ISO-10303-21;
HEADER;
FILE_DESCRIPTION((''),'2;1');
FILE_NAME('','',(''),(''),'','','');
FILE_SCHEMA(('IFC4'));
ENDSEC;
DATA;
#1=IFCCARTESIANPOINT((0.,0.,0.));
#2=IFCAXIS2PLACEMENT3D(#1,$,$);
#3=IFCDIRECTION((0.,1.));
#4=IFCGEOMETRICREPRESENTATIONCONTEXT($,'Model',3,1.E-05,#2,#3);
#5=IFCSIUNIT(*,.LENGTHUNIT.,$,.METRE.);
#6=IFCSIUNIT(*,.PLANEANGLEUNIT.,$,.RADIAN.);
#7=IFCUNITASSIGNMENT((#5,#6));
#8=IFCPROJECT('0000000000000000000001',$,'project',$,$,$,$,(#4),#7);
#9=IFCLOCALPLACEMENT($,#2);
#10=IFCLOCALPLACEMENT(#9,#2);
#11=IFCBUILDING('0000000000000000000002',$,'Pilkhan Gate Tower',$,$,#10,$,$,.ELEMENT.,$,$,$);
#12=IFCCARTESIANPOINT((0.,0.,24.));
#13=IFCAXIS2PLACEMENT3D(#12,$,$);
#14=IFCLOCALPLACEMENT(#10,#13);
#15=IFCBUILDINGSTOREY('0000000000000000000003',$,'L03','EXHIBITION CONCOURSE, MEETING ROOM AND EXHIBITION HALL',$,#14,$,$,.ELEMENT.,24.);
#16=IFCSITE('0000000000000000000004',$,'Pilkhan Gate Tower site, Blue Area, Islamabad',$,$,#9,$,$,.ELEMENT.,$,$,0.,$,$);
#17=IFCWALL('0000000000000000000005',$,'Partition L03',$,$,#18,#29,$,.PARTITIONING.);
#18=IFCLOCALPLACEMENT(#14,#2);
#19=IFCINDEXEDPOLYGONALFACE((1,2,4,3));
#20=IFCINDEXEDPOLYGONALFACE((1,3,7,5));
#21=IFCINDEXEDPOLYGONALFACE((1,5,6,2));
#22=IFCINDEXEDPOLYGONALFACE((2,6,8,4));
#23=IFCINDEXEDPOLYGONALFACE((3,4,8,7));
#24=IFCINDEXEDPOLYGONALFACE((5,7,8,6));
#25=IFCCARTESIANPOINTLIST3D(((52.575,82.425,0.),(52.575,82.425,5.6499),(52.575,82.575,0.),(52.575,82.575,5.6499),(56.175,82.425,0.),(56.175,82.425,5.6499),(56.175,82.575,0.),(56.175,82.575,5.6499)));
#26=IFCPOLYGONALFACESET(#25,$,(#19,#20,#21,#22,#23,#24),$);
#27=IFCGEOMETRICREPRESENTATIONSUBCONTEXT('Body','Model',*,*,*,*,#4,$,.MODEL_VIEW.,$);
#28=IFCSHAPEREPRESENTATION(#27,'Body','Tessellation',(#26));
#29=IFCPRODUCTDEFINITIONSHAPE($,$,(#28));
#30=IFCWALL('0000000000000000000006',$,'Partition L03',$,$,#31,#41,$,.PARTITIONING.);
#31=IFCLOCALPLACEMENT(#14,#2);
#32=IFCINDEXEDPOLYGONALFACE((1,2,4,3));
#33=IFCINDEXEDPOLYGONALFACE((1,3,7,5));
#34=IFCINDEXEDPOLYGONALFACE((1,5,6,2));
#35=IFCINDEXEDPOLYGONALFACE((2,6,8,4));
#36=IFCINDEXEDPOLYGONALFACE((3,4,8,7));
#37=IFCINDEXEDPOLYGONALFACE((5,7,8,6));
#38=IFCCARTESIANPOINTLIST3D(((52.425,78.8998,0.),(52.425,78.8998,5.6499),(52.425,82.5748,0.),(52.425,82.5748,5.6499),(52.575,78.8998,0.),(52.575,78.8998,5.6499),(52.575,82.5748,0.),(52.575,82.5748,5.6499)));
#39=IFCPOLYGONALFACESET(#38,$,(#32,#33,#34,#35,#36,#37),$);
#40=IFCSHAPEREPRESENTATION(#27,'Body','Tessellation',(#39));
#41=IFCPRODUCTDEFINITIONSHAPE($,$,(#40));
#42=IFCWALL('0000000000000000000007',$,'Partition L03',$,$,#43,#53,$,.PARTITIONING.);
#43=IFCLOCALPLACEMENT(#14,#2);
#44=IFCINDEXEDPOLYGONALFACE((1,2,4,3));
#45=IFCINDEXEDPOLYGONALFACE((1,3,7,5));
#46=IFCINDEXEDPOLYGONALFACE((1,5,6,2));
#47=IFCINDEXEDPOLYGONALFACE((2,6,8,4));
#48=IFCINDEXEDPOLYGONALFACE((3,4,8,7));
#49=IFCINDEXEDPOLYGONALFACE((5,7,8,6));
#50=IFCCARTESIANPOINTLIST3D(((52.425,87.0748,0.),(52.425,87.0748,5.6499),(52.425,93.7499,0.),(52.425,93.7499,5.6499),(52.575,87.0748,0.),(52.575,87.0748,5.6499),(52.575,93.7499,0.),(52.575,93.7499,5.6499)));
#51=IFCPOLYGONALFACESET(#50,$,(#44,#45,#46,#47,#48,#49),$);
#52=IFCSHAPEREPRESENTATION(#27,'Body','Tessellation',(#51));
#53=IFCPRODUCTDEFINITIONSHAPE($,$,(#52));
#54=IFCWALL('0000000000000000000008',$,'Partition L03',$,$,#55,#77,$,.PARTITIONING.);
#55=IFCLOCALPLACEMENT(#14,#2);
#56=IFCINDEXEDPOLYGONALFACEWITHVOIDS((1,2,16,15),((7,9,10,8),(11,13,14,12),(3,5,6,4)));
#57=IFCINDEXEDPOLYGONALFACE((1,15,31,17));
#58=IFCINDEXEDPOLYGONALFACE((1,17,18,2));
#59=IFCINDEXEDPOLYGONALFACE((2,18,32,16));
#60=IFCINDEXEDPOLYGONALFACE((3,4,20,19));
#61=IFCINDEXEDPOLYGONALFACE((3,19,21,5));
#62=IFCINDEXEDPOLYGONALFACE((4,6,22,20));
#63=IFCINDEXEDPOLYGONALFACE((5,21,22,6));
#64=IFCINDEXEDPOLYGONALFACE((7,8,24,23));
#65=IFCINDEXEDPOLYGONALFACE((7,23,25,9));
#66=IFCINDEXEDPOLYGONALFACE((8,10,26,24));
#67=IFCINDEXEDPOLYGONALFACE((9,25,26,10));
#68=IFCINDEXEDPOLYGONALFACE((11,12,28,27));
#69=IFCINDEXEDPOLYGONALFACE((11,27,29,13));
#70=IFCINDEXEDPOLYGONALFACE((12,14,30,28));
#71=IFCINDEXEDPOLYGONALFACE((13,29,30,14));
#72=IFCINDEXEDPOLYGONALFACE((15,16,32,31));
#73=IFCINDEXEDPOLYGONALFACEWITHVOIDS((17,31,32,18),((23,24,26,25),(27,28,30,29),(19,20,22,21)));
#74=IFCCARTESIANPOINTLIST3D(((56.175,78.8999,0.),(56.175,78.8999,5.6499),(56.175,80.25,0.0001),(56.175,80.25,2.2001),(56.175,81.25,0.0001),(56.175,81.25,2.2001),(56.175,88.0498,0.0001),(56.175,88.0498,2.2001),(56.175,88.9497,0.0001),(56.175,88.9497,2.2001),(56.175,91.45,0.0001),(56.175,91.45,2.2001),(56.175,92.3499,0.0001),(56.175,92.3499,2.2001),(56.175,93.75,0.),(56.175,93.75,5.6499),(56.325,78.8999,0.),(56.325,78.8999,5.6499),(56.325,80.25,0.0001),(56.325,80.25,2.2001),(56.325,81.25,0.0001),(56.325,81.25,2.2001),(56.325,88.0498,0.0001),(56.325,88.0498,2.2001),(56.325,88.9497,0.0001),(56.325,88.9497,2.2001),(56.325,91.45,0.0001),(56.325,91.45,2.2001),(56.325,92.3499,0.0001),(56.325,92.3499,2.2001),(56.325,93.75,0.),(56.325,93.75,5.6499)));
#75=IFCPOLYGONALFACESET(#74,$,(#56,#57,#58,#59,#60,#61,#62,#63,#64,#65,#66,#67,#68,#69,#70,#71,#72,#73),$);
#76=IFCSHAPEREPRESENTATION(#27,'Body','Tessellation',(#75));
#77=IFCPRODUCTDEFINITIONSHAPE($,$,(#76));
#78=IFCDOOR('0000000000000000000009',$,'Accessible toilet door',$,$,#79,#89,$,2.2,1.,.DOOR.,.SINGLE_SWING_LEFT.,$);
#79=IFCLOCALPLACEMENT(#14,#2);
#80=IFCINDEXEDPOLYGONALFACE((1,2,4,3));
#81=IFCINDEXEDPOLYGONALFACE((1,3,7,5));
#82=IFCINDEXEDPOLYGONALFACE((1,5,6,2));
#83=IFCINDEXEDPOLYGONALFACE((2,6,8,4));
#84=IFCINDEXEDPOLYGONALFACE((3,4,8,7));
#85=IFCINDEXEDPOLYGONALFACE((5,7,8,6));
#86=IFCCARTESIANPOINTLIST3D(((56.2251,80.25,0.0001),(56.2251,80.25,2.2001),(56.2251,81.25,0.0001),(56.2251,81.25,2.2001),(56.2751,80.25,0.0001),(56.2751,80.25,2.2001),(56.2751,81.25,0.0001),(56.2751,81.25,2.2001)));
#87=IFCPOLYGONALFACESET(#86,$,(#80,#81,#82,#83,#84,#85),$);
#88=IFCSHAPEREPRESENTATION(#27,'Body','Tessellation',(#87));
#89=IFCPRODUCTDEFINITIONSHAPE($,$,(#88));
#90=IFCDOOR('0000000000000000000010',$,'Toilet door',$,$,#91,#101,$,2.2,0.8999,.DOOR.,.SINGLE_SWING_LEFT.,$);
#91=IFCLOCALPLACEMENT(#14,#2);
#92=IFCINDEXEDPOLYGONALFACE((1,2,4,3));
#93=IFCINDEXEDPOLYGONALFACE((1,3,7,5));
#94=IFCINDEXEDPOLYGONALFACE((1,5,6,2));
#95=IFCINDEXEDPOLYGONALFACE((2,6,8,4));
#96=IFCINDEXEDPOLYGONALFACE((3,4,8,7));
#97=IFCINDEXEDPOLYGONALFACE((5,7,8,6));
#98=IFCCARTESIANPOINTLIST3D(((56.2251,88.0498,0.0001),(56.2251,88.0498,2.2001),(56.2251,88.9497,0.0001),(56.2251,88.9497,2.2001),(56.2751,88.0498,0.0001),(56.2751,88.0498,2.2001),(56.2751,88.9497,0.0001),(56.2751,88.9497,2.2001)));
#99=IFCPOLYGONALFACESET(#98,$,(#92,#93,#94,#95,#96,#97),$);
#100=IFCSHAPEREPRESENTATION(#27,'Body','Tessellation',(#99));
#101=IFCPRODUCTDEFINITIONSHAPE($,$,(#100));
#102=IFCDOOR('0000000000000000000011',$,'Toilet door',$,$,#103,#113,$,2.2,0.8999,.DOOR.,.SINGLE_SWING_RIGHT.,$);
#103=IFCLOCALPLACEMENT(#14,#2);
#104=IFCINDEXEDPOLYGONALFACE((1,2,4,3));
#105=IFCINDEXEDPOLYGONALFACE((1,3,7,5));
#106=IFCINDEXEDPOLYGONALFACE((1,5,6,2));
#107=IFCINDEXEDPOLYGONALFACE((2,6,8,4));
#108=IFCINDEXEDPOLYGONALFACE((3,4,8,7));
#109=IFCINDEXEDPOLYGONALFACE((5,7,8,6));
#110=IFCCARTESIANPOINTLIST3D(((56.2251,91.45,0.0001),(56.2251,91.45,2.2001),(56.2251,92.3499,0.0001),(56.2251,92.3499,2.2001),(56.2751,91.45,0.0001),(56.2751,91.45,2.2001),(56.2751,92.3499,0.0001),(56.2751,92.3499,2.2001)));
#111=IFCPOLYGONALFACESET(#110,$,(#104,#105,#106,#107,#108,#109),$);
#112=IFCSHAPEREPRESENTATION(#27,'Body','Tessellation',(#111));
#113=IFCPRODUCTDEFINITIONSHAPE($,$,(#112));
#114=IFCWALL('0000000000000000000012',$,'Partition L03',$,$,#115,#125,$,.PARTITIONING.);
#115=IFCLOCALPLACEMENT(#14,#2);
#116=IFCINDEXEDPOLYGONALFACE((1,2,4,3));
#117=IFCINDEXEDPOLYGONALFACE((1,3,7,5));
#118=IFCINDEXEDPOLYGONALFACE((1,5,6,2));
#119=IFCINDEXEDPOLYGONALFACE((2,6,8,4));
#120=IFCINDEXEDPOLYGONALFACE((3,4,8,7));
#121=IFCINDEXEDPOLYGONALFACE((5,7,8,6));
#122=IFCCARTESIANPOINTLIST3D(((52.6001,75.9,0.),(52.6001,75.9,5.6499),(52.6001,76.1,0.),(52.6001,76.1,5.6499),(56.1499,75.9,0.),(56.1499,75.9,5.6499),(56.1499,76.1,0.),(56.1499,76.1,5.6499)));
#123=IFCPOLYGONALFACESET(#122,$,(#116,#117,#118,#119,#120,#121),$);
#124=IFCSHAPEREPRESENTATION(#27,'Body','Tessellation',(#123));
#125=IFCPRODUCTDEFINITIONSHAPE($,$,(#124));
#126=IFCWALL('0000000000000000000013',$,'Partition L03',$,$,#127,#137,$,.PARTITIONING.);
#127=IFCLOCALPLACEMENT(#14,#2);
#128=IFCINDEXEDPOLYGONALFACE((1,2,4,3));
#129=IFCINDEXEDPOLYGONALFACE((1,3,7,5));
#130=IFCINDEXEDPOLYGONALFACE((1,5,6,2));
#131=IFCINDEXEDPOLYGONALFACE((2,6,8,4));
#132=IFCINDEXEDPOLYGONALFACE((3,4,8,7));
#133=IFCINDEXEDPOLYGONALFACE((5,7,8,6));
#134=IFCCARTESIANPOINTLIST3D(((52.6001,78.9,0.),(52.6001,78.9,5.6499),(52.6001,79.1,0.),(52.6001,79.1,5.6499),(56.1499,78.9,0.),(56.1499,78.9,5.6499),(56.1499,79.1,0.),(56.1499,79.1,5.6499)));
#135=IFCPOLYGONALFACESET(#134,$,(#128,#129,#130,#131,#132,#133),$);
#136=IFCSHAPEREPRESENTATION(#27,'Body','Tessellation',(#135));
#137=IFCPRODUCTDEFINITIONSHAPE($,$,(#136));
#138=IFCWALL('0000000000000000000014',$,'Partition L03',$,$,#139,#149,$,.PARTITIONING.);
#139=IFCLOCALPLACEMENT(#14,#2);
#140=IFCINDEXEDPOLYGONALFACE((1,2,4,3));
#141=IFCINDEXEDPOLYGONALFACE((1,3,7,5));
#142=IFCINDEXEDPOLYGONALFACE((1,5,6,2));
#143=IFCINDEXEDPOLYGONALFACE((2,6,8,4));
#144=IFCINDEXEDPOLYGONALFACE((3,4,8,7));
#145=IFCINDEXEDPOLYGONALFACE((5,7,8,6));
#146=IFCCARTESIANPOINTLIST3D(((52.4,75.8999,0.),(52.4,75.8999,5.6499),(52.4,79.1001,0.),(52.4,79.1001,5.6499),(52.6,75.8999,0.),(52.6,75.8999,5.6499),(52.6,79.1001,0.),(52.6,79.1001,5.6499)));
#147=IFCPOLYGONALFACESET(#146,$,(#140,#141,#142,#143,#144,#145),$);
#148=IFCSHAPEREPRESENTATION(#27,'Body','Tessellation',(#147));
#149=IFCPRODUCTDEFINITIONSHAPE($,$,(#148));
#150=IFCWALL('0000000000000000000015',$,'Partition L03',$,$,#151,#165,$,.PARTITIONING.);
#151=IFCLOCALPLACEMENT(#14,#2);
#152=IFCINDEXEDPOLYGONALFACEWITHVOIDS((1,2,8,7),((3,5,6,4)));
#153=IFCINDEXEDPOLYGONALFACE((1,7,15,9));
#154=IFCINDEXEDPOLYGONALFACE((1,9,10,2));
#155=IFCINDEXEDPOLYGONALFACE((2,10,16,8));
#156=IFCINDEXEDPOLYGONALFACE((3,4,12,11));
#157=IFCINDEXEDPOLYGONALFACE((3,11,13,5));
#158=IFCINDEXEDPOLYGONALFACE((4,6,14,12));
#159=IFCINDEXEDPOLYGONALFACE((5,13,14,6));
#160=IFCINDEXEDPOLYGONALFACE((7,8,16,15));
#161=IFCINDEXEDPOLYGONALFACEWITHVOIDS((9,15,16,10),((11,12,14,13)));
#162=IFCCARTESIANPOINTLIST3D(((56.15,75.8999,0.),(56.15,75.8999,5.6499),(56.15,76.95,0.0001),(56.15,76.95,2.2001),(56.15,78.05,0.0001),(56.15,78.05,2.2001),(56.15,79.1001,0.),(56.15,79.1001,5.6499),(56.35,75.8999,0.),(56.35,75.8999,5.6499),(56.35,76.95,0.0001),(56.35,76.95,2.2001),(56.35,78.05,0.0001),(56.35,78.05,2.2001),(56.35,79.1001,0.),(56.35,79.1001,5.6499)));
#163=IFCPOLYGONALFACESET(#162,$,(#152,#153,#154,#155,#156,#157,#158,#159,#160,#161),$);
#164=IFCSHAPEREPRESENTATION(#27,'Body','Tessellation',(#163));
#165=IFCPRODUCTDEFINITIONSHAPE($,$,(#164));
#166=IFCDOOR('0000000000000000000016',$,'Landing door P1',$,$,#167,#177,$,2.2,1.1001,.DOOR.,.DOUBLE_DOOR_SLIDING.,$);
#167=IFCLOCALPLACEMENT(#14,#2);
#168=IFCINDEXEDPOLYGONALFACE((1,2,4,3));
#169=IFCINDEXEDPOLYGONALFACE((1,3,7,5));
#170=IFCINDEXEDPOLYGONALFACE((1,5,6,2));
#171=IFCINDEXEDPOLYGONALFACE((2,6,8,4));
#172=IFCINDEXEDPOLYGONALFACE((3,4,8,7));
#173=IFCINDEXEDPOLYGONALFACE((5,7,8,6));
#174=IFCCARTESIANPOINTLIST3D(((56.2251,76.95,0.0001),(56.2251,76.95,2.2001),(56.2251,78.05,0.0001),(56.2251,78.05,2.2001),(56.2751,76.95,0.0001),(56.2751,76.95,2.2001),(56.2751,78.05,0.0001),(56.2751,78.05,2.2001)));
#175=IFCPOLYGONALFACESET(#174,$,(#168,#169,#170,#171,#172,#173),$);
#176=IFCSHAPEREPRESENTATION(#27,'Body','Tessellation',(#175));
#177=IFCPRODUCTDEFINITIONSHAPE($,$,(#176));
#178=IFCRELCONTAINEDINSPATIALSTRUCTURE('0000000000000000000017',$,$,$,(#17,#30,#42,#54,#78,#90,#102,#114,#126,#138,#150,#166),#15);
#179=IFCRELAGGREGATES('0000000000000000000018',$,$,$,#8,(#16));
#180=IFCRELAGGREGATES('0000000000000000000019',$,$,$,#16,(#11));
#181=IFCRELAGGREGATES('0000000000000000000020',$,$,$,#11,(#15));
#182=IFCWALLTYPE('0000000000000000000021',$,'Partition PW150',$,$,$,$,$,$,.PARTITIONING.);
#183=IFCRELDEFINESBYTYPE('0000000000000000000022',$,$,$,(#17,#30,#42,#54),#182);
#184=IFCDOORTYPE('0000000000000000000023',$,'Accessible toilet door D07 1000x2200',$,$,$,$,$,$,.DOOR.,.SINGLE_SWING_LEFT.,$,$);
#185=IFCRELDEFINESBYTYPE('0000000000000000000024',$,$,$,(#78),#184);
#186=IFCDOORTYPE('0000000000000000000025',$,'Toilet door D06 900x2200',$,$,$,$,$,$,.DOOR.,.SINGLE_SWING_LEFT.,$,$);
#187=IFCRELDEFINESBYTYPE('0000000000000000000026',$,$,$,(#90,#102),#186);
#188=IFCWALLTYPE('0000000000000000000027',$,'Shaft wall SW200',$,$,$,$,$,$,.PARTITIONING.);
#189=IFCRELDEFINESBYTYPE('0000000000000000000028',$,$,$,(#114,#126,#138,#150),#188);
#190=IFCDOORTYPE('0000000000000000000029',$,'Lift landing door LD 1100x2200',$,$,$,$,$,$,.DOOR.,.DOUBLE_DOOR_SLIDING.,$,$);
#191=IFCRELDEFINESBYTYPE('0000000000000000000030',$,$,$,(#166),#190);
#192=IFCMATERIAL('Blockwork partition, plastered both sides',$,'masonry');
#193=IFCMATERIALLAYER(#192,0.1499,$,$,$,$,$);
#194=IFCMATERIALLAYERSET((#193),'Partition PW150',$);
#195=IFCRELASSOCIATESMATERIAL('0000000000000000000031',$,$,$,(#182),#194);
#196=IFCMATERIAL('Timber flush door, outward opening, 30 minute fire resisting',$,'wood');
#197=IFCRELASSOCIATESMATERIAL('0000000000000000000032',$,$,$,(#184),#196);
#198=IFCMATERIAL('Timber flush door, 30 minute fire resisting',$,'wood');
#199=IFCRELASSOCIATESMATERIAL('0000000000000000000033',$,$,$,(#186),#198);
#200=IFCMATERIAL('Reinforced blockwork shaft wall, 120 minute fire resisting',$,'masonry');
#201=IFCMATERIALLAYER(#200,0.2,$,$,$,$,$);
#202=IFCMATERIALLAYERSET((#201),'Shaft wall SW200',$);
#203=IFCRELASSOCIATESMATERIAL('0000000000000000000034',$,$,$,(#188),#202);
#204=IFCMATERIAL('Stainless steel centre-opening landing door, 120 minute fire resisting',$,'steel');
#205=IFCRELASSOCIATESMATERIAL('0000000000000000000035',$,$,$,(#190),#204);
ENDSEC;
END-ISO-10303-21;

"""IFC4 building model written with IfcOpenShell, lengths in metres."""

from ifc_helpers import new_model, si_unit, direction, frame, frame_2d, origin, place, context, subcontext, project, spatial, rectangle, extrude, material, layer, layer_set, type_object, element, fill, save


model = new_model("IFC4")

# Units and contexts
model_context = context("Model", 3, precision=1e-05, world=origin(), true_north=direction((0.0, 1.0)))
body_context = subcontext(model_context, "Body", "Model", "MODEL_VIEW")
ifc_project = project(units=[si_unit("LENGTHUNIT", "METRE"), si_unit("PLANEANGLEUNIT", "RADIAN")], contexts=[model_context])

# Site, building, storey
site_placement = place(None, origin())
site = spatial("IfcSite", under=ifc_project, at=site_placement, Name="Pilkhan Gate Tower site, Blue Area, Islamabad", CompositionType="ELEMENT", RefElevation=0.0)
building_placement = place(site_placement, origin())
building = spatial("IfcBuilding", under=site, at=building_placement, Name="Pilkhan Gate Tower", CompositionType="ELEMENT")
storey_placement = place(building_placement, frame((0.0, 0.0, 24.0)))
storey = spatial("IfcBuildingStorey", under=building, at=storey_placement, Name="L03", Description="EXHIBITION CONCOURSE, MEETING ROOM AND EXHIBITION HALL", CompositionType="ELEMENT", Elevation=24.0)

# Walls
ifc_material_1 = material(Name="Blockwork partition, plastered both sides", Category="masonry")
ifc_layer_1 = layer(ifc_material_1, 0.1499)
ifc_layer_set_1 = layer_set([ifc_layer_1], Name="Partition PW150")
wall_type_1 = type_object("IfcWallType", Name="Partition PW150", PredefinedType="PARTITIONING", material=ifc_layer_set_1)
wall_1_placement = place(storey_placement, frame((52.575, 82.5, 0.0), z_axis=(0.0, 0.0, 1.0), x_axis=(1.0, 0.0, 0.0)))
element("IfcWall", 1, at=wall_1_placement, inside=storey, type_object=wall_type_1, Name="Partition L03", PredefinedType="PARTITIONING", context=body_context, shape_type="SweptSolid", body=[
    extrude(rectangle(XDim=3.6001, YDim=0.1499, at=frame_2d((1.8, 0.0))), origin(), (0.0, 0.0, 1.0), 5.6499),
])
wall_2_placement = place(storey_placement, frame((52.5, 78.8999, 0.0), z_axis=(0.0, 0.0, 1.0), x_axis=(0.0, 1.0, 0.0)))
element("IfcWall", 2, at=wall_2_placement, inside=storey, type_object=wall_type_1, Name="Partition L03", PredefinedType="PARTITIONING", context=body_context, shape_type="SweptSolid", body=[
    extrude(rectangle(XDim=3.675, YDim=0.1499, at=frame_2d((1.8374, 0.0))), origin(), (0.0, 0.0, 1.0), 5.6499),
])
wall_3_placement = place(storey_placement, frame((52.5, 87.075, 0.0), z_axis=(0.0, 0.0, 1.0), x_axis=(0.0, 1.0, 0.0)))
element("IfcWall", 3, at=wall_3_placement, inside=storey, type_object=wall_type_1, Name="Partition L03", PredefinedType="PARTITIONING", context=body_context, shape_type="SweptSolid", body=[
    extrude(rectangle(XDim=6.675, YDim=0.1499, at=frame_2d((3.3374, 0.0))), origin(), (0.0, 0.0, 1.0), 5.6499),
])

# Wall, openings, doors
wall_4_placement = place(storey_placement, frame((56.25, 78.8999, 0.0), z_axis=(0.0, 0.0, 1.0), x_axis=(0.0, 1.0, 0.0)))
wall_4 = element("IfcWall", 4, at=wall_4_placement, inside=storey, type_object=wall_type_1, Name="Partition L03", PredefinedType="PARTITIONING", context=body_context, shape_type="SweptSolid", body=[
    extrude(rectangle(XDim=14.8501, YDim=0.1499, at=frame_2d((7.425, 0.0))), origin(), (0.0, 0.0, 1.0), 5.6499),
])
opening_1_placement = place(wall_4_placement, frame((9.1499, 0.0, 0.0)))
opening_1 = element("IfcOpeningElement", 5, at=opening_1_placement, cuts=wall_4, PredefinedType="OPENING", context=body_context, shape_type="SweptSolid", body=[
    extrude(rectangle(XDim=0.8999, YDim=2.2, at=frame_2d((0.45, 1.1001))), frame((0.0, 0.085, 0.0), z_axis=(0.0, -1.0, 0.0), x_axis=(1.0, 0.0, 0.0)), (0.0, 0.0, 1.0), 0.1699),
])
opening_2_placement = place(wall_4_placement, frame((12.55, 0.0, 0.0)))
opening_2 = element("IfcOpeningElement", 6, at=opening_2_placement, cuts=wall_4, PredefinedType="OPENING", context=body_context, shape_type="SweptSolid", body=[
    extrude(rectangle(XDim=0.8999, YDim=2.2, at=frame_2d((0.45, 1.1001))), frame((0.0, 0.085, 0.0), z_axis=(0.0, -1.0, 0.0), x_axis=(1.0, 0.0, 0.0)), (0.0, 0.0, 1.0), 0.1699),
])
opening_3_placement = place(wall_4_placement, frame((1.3501, 0.0, 0.0)))
opening_3 = element("IfcOpeningElement", 7, at=opening_3_placement, cuts=wall_4, PredefinedType="OPENING", context=body_context, shape_type="SweptSolid", body=[
    extrude(rectangle(XDim=1.0, YDim=2.2, at=frame_2d((0.5, 1.1001))), frame((0.0, 0.085, 0.0), z_axis=(0.0, -1.0, 0.0), x_axis=(1.0, 0.0, 0.0)), (0.0, 0.0, 1.0), 0.1699),
])
ifc_material_2 = material(Name="Timber flush door, outward opening, 30 minute fire resisting", Category="wood")
door_type_1 = type_object("IfcDoorType", Name="Accessible toilet door D07 1000x2200", OperationType="SINGLE_SWING_LEFT", PredefinedType="DOOR", material=ifc_material_2)
door_1_placement = place(opening_3_placement, origin())
door_1 = element("IfcDoor", 8, at=door_1_placement, inside=storey, type_object=door_type_1, Name="Accessible toilet door", OperationType="SINGLE_SWING_LEFT", OverallHeight=2.2, OverallWidth=1.0, PredefinedType="DOOR", context=body_context, shape_type="SweptSolid", body=[
    extrude(rectangle(XDim=1.0, YDim=2.2, at=frame_2d((0.5, 1.1001))), frame((0.0, 0.0249, 0.0), z_axis=(0.0, -1.0, 0.0), x_axis=(1.0, 0.0, 0.0)), (0.0, 0.0, 1.0), 0.05),
])
fill(opening_3, door_1)
ifc_material_3 = material(Name="Timber flush door, 30 minute fire resisting", Category="wood")
door_type_2 = type_object("IfcDoorType", Name="Toilet door D06 900x2200", OperationType="SINGLE_SWING_LEFT", PredefinedType="DOOR", material=ifc_material_3)
door_2_placement = place(opening_1_placement, origin())
door_2 = element("IfcDoor", 9, at=door_2_placement, inside=storey, type_object=door_type_2, Name="Toilet door", OperationType="SINGLE_SWING_LEFT", OverallHeight=2.2, OverallWidth=0.8999, PredefinedType="DOOR", context=body_context, shape_type="SweptSolid", body=[
    extrude(rectangle(XDim=0.8999, YDim=2.2, at=frame_2d((0.45, 1.1001))), frame((0.0, 0.0249, 0.0), z_axis=(0.0, -1.0, 0.0), x_axis=(1.0, 0.0, 0.0)), (0.0, 0.0, 1.0), 0.05),
])
fill(opening_1, door_2)
door_3_placement = place(opening_2_placement, origin())
door_3 = element("IfcDoor", 10, at=door_3_placement, inside=storey, type_object=door_type_2, Name="Toilet door", OperationType="SINGLE_SWING_RIGHT", OverallHeight=2.2, OverallWidth=0.8999, PredefinedType="DOOR", context=body_context, shape_type="SweptSolid", body=[
    extrude(rectangle(XDim=0.8999, YDim=2.2, at=frame_2d((0.45, 1.1001))), frame((0.0, 0.0249, 0.0), z_axis=(0.0, -1.0, 0.0), x_axis=(1.0, 0.0, 0.0)), (0.0, 0.0, 1.0), 0.05),
])
fill(opening_2, door_3)

# Walls
ifc_material_4 = material(Name="Reinforced blockwork shaft wall, 120 minute fire resisting", Category="masonry")
ifc_layer_2 = layer(ifc_material_4, 0.2)
ifc_layer_set_2 = layer_set([ifc_layer_2], Name="Shaft wall SW200")
wall_type_2 = type_object("IfcWallType", Name="Shaft wall SW200", PredefinedType="PARTITIONING", material=ifc_layer_set_2)
for number, where, z_axis, x_axis, name in (
    (11, (52.6001, 76.0, 0.0), (0.0, 0.0, 1.0), (1.0, 0.0, 0.0), "Partition L03"),
    (12, (52.6001, 79.0, 0.0), (0.0, 0.0, 1.0), (1.0, 0.0, 0.0), "Partition L03"),
):
    element("IfcWall", number, at=place(storey_placement, frame(where, z_axis=z_axis, x_axis=x_axis)), inside=storey, type_object=wall_type_2, Name=name, PredefinedType="PARTITIONING", context=body_context, shape_type="SweptSolid", body=[
        extrude(rectangle(XDim=3.5498, YDim=0.2, at=frame_2d((1.7749, 0.0))), origin(), (0.0, 0.0, 1.0), 5.6499),
    ])
wall_5_placement = place(storey_placement, frame((52.5, 75.8999, 0.0), z_axis=(0.0, 0.0, 1.0), x_axis=(0.0, 1.0, 0.0)))
element("IfcWall", 13, at=wall_5_placement, inside=storey, type_object=wall_type_2, Name="Partition L03", PredefinedType="PARTITIONING", context=body_context, shape_type="SweptSolid", body=[
    extrude(rectangle(XDim=3.2002, YDim=0.2, at=frame_2d((1.6001, 0.0))), origin(), (0.0, 0.0, 1.0), 5.6499),
])

# Wall, opening, door
wall_6_placement = place(storey_placement, frame((56.25, 75.8999, 0.0), z_axis=(0.0, 0.0, 1.0), x_axis=(0.0, 1.0, 0.0)))
wall_6 = element("IfcWall", 14, at=wall_6_placement, inside=storey, type_object=wall_type_2, Name="Partition L03", PredefinedType="PARTITIONING", context=body_context, shape_type="SweptSolid", body=[
    extrude(rectangle(XDim=3.2002, YDim=0.2, at=frame_2d((1.6001, 0.0))), origin(), (0.0, 0.0, 1.0), 5.6499),
])
opening_4_placement = place(wall_6_placement, frame((1.05, 0.0, 0.0)))
opening_4 = element("IfcOpeningElement", 15, at=opening_4_placement, cuts=wall_6, PredefinedType="OPENING", context=body_context, shape_type="SweptSolid", body=[
    extrude(rectangle(XDim=1.1001, YDim=2.2, at=frame_2d((0.55, 1.1001))), frame((0.0, 0.1099, 0.0), z_axis=(0.0, -1.0, 0.0), x_axis=(1.0, 0.0, 0.0)), (0.0, 0.0, 1.0), 0.22),
])
ifc_material_5 = material(Name="Stainless steel centre-opening landing door, 120 minute fire resisting", Category="steel")
door_type_3 = type_object("IfcDoorType", Name="Lift landing door LD 1100x2200", OperationType="DOUBLE_DOOR_SLIDING", PredefinedType="DOOR", material=ifc_material_5)
door_4_placement = place(opening_4_placement, origin())
door_4 = element("IfcDoor", 16, at=door_4_placement, inside=storey, type_object=door_type_3, Name="Landing door P1", OperationType="DOUBLE_DOOR_SLIDING", OverallHeight=2.2, OverallWidth=1.1001, PredefinedType="DOOR", context=body_context, shape_type="SweptSolid", body=[
    extrude(rectangle(XDim=1.1001, YDim=2.2, at=frame_2d((0.55, 1.1001))), frame((0.0, 0.0249, 0.0), z_axis=(0.0, -1.0, 0.0), x_axis=(1.0, 0.0, 0.0)), (0.0, 0.0, 1.0), 0.05),
])
fill(opening_4, door_4)

save(model, "model.ifc")
